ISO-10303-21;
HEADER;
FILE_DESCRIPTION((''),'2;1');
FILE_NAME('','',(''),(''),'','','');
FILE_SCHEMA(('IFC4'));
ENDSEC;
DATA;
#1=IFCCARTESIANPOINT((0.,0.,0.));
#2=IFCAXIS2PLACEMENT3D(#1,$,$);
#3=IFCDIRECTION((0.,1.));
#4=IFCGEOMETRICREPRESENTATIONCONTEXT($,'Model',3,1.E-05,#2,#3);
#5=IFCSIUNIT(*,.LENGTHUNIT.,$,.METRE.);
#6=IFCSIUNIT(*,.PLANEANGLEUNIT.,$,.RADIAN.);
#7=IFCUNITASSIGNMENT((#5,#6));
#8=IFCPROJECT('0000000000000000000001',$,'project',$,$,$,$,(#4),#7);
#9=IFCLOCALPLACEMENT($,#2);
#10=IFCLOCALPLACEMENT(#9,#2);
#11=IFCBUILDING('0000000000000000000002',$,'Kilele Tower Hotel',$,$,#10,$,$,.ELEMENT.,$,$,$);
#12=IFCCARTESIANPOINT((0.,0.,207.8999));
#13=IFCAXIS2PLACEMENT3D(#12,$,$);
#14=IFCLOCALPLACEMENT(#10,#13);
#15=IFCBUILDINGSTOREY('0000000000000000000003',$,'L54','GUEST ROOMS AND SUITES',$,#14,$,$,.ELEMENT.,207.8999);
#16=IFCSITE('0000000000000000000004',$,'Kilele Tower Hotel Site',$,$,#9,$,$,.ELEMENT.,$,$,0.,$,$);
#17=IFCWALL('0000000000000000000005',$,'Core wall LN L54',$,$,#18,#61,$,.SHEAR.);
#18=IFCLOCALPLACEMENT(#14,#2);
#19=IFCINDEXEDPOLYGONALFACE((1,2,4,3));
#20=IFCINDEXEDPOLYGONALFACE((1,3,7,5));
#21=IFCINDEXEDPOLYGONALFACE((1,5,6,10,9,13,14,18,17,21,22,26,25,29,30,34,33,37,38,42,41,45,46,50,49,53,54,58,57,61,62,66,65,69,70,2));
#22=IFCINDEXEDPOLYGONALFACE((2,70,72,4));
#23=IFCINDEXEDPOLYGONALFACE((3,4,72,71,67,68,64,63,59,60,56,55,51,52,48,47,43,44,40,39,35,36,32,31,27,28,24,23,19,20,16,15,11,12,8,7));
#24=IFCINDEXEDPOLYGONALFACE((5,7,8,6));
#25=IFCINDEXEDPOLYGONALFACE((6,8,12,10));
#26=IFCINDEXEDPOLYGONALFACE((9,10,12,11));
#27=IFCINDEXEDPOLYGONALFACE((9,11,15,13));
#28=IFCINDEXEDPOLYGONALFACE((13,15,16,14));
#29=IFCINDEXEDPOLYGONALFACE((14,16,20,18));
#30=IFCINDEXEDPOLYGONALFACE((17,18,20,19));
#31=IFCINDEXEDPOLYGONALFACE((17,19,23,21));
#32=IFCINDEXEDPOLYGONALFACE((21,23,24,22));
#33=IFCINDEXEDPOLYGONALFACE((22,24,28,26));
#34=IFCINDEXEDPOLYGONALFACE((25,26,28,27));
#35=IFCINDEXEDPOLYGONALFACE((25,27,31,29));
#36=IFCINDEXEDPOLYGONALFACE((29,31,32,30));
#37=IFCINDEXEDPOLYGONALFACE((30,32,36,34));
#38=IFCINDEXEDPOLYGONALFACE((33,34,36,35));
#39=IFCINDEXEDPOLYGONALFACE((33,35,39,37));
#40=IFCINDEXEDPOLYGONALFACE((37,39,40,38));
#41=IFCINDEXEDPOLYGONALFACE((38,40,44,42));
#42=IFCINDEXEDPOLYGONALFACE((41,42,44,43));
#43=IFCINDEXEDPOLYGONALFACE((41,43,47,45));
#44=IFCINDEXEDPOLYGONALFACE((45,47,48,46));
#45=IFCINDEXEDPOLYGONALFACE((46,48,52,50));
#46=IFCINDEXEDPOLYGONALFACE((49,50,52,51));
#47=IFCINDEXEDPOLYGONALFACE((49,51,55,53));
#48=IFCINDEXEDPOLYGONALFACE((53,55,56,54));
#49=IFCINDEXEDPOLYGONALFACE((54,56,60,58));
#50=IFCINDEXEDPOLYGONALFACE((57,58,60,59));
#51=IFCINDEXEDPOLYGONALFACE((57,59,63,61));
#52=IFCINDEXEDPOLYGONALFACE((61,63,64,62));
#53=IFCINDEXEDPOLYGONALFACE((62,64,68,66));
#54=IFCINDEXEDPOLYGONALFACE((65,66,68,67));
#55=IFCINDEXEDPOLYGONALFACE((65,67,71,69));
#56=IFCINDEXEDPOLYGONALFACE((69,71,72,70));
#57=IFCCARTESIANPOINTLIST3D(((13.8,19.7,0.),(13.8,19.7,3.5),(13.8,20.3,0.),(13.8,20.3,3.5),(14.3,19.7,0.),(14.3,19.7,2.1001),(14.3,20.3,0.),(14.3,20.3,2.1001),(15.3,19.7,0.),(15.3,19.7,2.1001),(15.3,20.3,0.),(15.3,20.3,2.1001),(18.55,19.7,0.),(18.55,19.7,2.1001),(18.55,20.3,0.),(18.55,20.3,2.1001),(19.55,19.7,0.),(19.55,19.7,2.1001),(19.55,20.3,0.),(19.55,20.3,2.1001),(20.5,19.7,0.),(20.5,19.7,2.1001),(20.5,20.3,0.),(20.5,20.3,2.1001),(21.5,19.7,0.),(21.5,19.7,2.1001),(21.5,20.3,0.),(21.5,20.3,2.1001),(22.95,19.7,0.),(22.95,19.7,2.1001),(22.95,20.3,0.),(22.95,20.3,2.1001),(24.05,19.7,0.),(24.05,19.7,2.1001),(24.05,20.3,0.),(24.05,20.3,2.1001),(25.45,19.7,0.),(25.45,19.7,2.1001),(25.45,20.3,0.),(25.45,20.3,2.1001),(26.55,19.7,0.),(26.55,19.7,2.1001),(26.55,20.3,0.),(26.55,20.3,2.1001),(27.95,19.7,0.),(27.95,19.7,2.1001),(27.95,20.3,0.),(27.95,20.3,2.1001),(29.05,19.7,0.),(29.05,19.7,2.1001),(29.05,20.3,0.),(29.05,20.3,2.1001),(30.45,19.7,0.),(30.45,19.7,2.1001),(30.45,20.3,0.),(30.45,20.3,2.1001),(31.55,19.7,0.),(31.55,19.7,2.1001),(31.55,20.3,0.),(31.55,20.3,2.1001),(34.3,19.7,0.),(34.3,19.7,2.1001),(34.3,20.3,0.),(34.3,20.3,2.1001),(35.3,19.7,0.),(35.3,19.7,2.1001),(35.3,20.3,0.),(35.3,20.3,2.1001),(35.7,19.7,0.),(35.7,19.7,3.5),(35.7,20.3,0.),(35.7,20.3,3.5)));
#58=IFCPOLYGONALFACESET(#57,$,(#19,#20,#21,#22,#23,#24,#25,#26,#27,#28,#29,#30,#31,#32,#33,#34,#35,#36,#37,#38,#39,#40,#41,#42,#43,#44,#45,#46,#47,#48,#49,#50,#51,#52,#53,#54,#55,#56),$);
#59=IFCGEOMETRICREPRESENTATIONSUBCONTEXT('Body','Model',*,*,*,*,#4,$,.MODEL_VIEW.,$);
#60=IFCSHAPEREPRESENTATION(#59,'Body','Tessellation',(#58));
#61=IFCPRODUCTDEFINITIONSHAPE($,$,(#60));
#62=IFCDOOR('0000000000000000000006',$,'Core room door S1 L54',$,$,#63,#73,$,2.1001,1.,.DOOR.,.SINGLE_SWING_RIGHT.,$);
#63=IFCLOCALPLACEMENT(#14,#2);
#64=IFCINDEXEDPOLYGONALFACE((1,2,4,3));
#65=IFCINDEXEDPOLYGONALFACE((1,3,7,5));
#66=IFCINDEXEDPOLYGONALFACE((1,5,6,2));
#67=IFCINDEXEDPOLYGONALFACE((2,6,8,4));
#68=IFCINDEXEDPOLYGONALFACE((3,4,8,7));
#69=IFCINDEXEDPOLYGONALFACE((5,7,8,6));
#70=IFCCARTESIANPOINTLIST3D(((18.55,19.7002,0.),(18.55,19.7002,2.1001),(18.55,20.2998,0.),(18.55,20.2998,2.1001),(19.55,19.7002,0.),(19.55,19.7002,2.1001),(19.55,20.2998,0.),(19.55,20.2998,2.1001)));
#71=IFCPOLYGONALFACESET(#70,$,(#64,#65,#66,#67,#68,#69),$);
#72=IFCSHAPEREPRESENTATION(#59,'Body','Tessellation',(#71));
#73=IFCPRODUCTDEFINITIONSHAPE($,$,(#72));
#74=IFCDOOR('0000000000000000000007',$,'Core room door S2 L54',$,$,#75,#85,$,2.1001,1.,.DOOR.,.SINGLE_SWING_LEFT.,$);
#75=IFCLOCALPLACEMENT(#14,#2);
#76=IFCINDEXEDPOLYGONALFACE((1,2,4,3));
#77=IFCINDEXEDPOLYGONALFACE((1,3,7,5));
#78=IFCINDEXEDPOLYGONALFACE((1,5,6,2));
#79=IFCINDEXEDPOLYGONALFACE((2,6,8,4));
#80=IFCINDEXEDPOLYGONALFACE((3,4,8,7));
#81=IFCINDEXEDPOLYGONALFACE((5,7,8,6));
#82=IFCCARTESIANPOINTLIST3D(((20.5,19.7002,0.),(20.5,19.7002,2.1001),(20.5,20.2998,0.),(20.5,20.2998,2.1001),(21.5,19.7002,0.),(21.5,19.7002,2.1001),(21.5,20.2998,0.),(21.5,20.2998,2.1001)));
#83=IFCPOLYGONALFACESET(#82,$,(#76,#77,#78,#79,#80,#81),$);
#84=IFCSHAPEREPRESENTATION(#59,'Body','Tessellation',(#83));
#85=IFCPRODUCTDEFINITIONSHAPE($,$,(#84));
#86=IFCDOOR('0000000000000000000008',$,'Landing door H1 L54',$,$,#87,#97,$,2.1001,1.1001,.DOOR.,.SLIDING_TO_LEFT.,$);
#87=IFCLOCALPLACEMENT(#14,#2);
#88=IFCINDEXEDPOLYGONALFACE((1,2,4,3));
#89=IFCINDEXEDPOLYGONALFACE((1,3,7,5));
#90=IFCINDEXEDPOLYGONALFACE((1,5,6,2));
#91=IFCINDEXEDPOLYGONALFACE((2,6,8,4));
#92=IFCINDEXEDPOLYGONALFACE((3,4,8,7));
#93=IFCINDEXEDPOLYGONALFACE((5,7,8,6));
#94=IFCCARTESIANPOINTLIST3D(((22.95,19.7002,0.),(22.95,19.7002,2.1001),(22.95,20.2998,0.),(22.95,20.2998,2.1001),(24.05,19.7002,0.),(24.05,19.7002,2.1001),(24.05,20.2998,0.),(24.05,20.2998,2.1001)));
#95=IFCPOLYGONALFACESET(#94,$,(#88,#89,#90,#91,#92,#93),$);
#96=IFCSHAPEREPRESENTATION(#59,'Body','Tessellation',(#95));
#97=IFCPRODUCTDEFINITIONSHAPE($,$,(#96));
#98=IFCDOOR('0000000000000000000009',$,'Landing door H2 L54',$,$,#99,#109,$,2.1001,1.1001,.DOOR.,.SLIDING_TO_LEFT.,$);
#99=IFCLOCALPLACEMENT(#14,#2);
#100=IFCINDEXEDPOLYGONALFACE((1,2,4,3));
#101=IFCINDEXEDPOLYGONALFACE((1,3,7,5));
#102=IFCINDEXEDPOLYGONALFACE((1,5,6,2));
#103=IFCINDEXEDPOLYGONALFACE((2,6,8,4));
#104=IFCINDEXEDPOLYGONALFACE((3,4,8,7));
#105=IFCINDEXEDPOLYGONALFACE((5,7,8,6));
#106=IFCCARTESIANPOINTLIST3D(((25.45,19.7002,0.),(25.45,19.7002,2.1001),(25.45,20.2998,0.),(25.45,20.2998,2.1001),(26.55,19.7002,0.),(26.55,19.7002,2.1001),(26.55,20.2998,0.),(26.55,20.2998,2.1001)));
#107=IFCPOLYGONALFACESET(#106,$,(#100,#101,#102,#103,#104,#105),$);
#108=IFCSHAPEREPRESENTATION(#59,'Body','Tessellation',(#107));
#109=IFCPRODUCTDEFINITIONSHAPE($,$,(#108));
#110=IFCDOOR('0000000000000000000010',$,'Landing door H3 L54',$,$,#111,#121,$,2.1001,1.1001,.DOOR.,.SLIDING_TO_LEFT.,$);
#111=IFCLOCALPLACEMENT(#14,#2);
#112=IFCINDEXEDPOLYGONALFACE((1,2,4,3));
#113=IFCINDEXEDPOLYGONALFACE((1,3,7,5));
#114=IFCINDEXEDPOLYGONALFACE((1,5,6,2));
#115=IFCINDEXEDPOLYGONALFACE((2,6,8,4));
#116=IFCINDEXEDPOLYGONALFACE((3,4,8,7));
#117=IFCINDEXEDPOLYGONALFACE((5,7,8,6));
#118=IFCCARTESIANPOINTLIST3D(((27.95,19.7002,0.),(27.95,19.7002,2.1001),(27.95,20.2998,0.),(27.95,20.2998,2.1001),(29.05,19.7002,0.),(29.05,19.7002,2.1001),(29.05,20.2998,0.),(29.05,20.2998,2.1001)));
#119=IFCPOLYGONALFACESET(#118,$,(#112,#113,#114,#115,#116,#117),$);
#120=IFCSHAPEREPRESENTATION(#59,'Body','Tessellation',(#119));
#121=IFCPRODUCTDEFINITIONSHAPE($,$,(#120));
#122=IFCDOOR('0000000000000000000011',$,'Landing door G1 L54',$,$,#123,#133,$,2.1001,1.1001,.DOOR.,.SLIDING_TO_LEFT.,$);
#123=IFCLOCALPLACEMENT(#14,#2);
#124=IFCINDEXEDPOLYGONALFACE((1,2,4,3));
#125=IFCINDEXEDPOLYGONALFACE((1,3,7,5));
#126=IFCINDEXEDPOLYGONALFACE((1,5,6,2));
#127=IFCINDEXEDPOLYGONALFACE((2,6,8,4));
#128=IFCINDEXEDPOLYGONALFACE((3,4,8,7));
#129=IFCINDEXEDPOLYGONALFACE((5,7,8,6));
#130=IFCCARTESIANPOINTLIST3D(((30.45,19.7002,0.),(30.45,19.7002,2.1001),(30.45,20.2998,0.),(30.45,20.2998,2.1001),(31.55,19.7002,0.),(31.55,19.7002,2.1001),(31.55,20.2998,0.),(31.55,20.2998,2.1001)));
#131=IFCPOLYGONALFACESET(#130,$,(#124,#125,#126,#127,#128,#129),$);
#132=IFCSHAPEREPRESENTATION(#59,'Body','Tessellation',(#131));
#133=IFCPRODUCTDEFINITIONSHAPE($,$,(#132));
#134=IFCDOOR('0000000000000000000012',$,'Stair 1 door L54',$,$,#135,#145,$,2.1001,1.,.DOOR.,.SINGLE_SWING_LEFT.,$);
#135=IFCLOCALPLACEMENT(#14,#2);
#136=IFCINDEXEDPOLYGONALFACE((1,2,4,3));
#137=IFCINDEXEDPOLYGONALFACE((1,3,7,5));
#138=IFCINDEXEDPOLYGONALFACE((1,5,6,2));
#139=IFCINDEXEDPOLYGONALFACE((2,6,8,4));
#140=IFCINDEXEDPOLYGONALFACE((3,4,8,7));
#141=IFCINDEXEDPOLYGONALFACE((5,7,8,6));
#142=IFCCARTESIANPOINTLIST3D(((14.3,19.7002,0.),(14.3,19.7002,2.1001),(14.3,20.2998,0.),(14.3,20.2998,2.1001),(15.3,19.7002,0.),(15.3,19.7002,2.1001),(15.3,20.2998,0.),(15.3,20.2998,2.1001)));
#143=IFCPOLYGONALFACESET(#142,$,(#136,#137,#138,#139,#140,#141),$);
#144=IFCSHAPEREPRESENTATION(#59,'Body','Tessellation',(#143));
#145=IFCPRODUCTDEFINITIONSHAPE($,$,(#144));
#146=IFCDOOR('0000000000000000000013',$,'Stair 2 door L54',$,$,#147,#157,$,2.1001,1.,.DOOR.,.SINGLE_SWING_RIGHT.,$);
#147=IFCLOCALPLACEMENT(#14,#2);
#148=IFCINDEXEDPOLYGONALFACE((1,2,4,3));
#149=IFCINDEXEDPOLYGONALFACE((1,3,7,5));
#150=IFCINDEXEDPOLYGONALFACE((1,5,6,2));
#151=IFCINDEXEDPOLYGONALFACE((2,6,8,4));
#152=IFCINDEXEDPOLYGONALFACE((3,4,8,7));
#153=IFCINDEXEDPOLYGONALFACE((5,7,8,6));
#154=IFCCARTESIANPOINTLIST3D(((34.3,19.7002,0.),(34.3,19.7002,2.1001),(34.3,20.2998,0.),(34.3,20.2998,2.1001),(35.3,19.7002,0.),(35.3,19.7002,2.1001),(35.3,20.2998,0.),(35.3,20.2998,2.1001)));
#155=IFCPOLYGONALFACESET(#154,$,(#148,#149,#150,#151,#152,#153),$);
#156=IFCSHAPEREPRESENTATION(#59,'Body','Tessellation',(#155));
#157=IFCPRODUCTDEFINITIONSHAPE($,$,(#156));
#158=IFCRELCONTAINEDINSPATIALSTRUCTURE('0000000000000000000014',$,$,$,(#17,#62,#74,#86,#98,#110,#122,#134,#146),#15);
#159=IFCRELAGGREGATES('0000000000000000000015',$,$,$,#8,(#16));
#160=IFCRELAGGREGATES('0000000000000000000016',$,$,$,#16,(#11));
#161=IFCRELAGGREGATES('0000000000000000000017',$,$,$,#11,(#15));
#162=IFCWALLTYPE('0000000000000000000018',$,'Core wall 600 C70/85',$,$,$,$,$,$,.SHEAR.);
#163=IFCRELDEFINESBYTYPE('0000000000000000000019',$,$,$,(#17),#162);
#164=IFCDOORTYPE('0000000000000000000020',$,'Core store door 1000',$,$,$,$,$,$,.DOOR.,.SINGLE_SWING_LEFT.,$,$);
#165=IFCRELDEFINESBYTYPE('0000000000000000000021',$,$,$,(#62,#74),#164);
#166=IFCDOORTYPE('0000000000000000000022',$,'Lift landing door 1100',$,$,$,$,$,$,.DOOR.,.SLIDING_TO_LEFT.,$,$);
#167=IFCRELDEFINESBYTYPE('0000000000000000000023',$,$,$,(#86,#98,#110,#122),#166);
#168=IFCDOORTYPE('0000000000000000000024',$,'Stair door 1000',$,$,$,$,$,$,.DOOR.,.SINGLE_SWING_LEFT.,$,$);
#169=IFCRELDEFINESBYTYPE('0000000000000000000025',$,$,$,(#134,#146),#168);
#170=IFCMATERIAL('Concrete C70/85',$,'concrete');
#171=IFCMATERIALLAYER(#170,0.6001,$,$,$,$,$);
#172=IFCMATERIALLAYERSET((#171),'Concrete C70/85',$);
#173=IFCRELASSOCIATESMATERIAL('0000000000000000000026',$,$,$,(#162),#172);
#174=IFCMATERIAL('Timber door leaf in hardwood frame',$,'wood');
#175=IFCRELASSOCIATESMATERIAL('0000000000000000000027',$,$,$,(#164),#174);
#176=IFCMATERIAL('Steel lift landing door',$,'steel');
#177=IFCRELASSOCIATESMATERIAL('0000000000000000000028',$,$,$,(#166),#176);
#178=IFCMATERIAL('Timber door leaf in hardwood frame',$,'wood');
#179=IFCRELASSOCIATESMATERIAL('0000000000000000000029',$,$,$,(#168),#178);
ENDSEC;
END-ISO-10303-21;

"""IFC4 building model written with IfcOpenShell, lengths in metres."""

from ifc_helpers import new_model, si_unit, direction, frame, frame_2d, origin, place, context, subcontext, project, spatial, rectangle, extrude, material, layer, layer_set, type_object, element, fill, save


model = new_model("IFC4")

# Units and contexts
model_context = context("Model", 3, precision=1e-05, world=origin(), true_north=direction((0.0, 1.0)))
body_context = subcontext(model_context, "Body", "Model", "MODEL_VIEW")
ifc_project = project(units=[si_unit("LENGTHUNIT", "METRE"), si_unit("PLANEANGLEUNIT", "RADIAN")], contexts=[model_context])

# Site, building, storey
site_placement = place(None, origin())
site = spatial("IfcSite", under=ifc_project, at=site_placement, Name="Kilele Tower Hotel Site", CompositionType="ELEMENT", RefElevation=0.0)
building_placement = place(site_placement, origin())
building = spatial("IfcBuilding", under=site, at=building_placement, Name="Kilele Tower Hotel", CompositionType="ELEMENT")
storey_placement = place(building_placement, frame((0.0, 0.0, 207.8999)))
storey = spatial("IfcBuildingStorey", under=building, at=storey_placement, Name="L54", Description="GUEST ROOMS AND SUITES", CompositionType="ELEMENT", Elevation=207.8999)

# Shared definitions
ifc_material_1 = material(Name="Concrete C70/85", Category="concrete")
ifc_layer_1 = layer(ifc_material_1, 0.6001)
ifc_layer_set_1 = layer_set([ifc_layer_1], Name="Concrete C70/85")
wall_type_1 = type_object("IfcWallType", Name="Core wall 600 C70/85", PredefinedType="SHEAR", material=ifc_layer_set_1)

# Wall, openings, doors
wall_1_placement = place(storey_placement, frame((13.8, 20.0, 0.0), z_axis=(0.0, 0.0, 1.0), x_axis=(1.0, 0.0, 0.0)))
wall_1 = element("IfcWall", 1, at=wall_1_placement, inside=storey, type_object=wall_type_1, Name="Core wall LN L54", PredefinedType="SHEAR", context=body_context, shape_type="SweptSolid", body=[
    extrude(rectangle(XDim=21.8999, YDim=0.6001, at=frame_2d((10.95, 0.0))), origin(), (0.0, 0.0, 1.0), 3.5),
])
opening_1_placement = place(wall_1_placement, frame((0.5, 0.0, 0.0)))
opening_1 = element("IfcOpeningElement", 2, at=opening_1_placement, cuts=wall_1, PredefinedType="OPENING", context=body_context, shape_type="SweptSolid", body=[
    extrude(rectangle(XDim=1.0, YDim=2.1001, at=frame_2d((0.5, 1.05))), frame((0.0, 0.3101, 0.0), z_axis=(0.0, -1.0, 0.0), x_axis=(1.0, 0.0, 0.0)), (0.0, 0.0, 1.0), 0.6201),
])
opening_2_placement = place(wall_1_placement, frame((20.5, 0.0, 0.0)))
opening_2 = element("IfcOpeningElement", 3, at=opening_2_placement, cuts=wall_1, PredefinedType="OPENING", context=body_context, shape_type="SweptSolid", body=[
    extrude(rectangle(XDim=1.0, YDim=2.1001, at=frame_2d((0.5, 1.05))), frame((0.0, 0.3101, 0.0), z_axis=(0.0, -1.0, 0.0), x_axis=(1.0, 0.0, 0.0)), (0.0, 0.0, 1.0), 0.6201),
])
opening_3_placement = place(wall_1_placement, frame((9.1499, 0.0, 0.0)))
opening_3 = element("IfcOpeningElement", 4, at=opening_3_placement, cuts=wall_1, PredefinedType="OPENING", context=body_context, shape_type="SweptSolid", body=[
    extrude(rectangle(XDim=1.1001, YDim=2.1001, at=frame_2d((0.55, 1.05))), frame((0.0, 0.3101, 0.0), z_axis=(0.0, -1.0, 0.0), x_axis=(1.0, 0.0, 0.0)), (0.0, 0.0, 1.0), 0.6201),
])
opening_4_placement = place(wall_1_placement, frame((11.6499, 0.0, 0.0)))
opening_4 = element("IfcOpeningElement", 5, at=opening_4_placement, cuts=wall_1, PredefinedType="OPENING", context=body_context, shape_type="SweptSolid", body=[
    extrude(rectangle(XDim=1.1001, YDim=2.1001, at=frame_2d((0.55, 1.05))), frame((0.0, 0.3101, 0.0), z_axis=(0.0, -1.0, 0.0), x_axis=(1.0, 0.0, 0.0)), (0.0, 0.0, 1.0), 0.6201),
])
opening_5_placement = place(wall_1_placement, frame((14.1499, 0.0, 0.0)))
opening_5 = element("IfcOpeningElement", 6, at=opening_5_placement, cuts=wall_1, PredefinedType="OPENING", context=body_context, shape_type="SweptSolid", body=[
    extrude(rectangle(XDim=1.1001, YDim=2.1001, at=frame_2d((0.55, 1.05))), frame((0.0, 0.3101, 0.0), z_axis=(0.0, -1.0, 0.0), x_axis=(1.0, 0.0, 0.0)), (0.0, 0.0, 1.0), 0.6201),
])
opening_6_placement = place(wall_1_placement, frame((16.6499, 0.0, 0.0)))
opening_6 = element("IfcOpeningElement", 7, at=opening_6_placement, cuts=wall_1, PredefinedType="OPENING", context=body_context, shape_type="SweptSolid", body=[
    extrude(rectangle(XDim=1.1001, YDim=2.1001, at=frame_2d((0.55, 1.05))), frame((0.0, 0.3101, 0.0), z_axis=(0.0, -1.0, 0.0), x_axis=(1.0, 0.0, 0.0)), (0.0, 0.0, 1.0), 0.6201),
])
opening_7_placement = place(wall_1_placement, frame((4.75, 0.0, 0.0)))
opening_7 = element("IfcOpeningElement", 8, at=opening_7_placement, cuts=wall_1, PredefinedType="OPENING", context=body_context, shape_type="SweptSolid", body=[
    extrude(rectangle(XDim=1.0, YDim=2.1001, at=frame_2d((0.5, 1.05))), frame((0.0, 0.3101, 0.0), z_axis=(0.0, -1.0, 0.0), x_axis=(1.0, 0.0, 0.0)), (0.0, 0.0, 1.0), 0.6201),
])
opening_8_placement = place(wall_1_placement, frame((6.7, 0.0, 0.0)))
opening_8 = element("IfcOpeningElement", 9, at=opening_8_placement, cuts=wall_1, PredefinedType="OPENING", context=body_context, shape_type="SweptSolid", body=[
    extrude(rectangle(XDim=1.0, YDim=2.1001, at=frame_2d((0.5, 1.05))), frame((0.0, 0.3101, 0.0), z_axis=(0.0, -1.0, 0.0), x_axis=(1.0, 0.0, 0.0)), (0.0, 0.0, 1.0), 0.6201),
])
ifc_material_2 = material(Name="Timber door leaf in hardwood frame", Category="wood")
door_type_1 = type_object("IfcDoorType", Name="Core store door 1000", OperationType="SINGLE_SWING_LEFT", PredefinedType="DOOR", material=ifc_material_2)
door_1_placement = place(opening_7_placement, origin())
door_1 = element("IfcDoor", 10, at=door_1_placement, inside=storey, type_object=door_type_1, Name="Core room door S1 L54", OperationType="SINGLE_SWING_RIGHT", OverallHeight=2.1001, OverallWidth=1.0, PredefinedType="DOOR", context=body_context, shape_type="SweptSolid", body=[
    extrude(rectangle(XDim=1.0, YDim=2.1001, at=frame_2d((0.5, 1.05))), frame((0.0, 0.2998, 0.0), z_axis=(0.0, -1.0, 0.0), x_axis=(1.0, 0.0, 0.0)), (0.0, 0.0, 1.0), 0.5996),
])
fill(opening_7, door_1)
door_2_placement = place(opening_8_placement, origin())
door_2 = element("IfcDoor", 11, at=door_2_placement, inside=storey, type_object=door_type_1, Name="Core room door S2 L54", OperationType="SINGLE_SWING_LEFT", OverallHeight=2.1001, OverallWidth=1.0, PredefinedType="DOOR", context=body_context, shape_type="SweptSolid", body=[
    extrude(rectangle(XDim=1.0, YDim=2.1001, at=frame_2d((0.5, 1.05))), frame((0.0, 0.2998, 0.0), z_axis=(0.0, -1.0, 0.0), x_axis=(1.0, 0.0, 0.0)), (0.0, 0.0, 1.0), 0.5996),
])
fill(opening_8, door_2)
ifc_material_3 = material(Name="Steel lift landing door", Category="steel")
door_type_2 = type_object("IfcDoorType", Name="Lift landing door 1100", OperationType="SLIDING_TO_LEFT", PredefinedType="DOOR", material=ifc_material_3)
door_3_placement = place(opening_3_placement, origin())
door_3 = element("IfcDoor", 12, at=door_3_placement, inside=storey, type_object=door_type_2, Name="Landing door H1 L54", OperationType="SLIDING_TO_LEFT", OverallHeight=2.1001, OverallWidth=1.1001, PredefinedType="DOOR", context=body_context, shape_type="SweptSolid", body=[
    extrude(rectangle(XDim=1.1001, YDim=2.1001, at=frame_2d((0.55, 1.05))), frame((0.0, 0.2998, 0.0), z_axis=(0.0, -1.0, 0.0), x_axis=(1.0, 0.0, 0.0)), (0.0, 0.0, 1.0), 0.5996),
])
fill(opening_3, door_3)
door_4_placement = place(opening_4_placement, origin())
door_4 = element("IfcDoor", 13, at=door_4_placement, inside=storey, type_object=door_type_2, Name="Landing door H2 L54", OperationType="SLIDING_TO_LEFT", OverallHeight=2.1001, OverallWidth=1.1001, PredefinedType="DOOR", context=body_context, shape_type="SweptSolid", body=[
    extrude(rectangle(XDim=1.1001, YDim=2.1001, at=frame_2d((0.55, 1.05))), frame((0.0, 0.2998, 0.0), z_axis=(0.0, -1.0, 0.0), x_axis=(1.0, 0.0, 0.0)), (0.0, 0.0, 1.0), 0.5996),
])
fill(opening_4, door_4)
door_5_placement = place(opening_5_placement, origin())
door_5 = element("IfcDoor", 14, at=door_5_placement, inside=storey, type_object=door_type_2, Name="Landing door H3 L54", OperationType="SLIDING_TO_LEFT", OverallHeight=2.1001, OverallWidth=1.1001, PredefinedType="DOOR", context=body_context, shape_type="SweptSolid", body=[
    extrude(rectangle(XDim=1.1001, YDim=2.1001, at=frame_2d((0.55, 1.05))), frame((0.0, 0.2998, 0.0), z_axis=(0.0, -1.0, 0.0), x_axis=(1.0, 0.0, 0.0)), (0.0, 0.0, 1.0), 0.5996),
])
fill(opening_5, door_5)
door_6_placement = place(opening_6_placement, origin())
door_6 = element("IfcDoor", 15, at=door_6_placement, inside=storey, type_object=door_type_2, Name="Landing door G1 L54", OperationType="SLIDING_TO_LEFT", OverallHeight=2.1001, OverallWidth=1.1001, PredefinedType="DOOR", context=body_context, shape_type="SweptSolid", body=[
    extrude(rectangle(XDim=1.1001, YDim=2.1001, at=frame_2d((0.55, 1.05))), frame((0.0, 0.2998, 0.0), z_axis=(0.0, -1.0, 0.0), x_axis=(1.0, 0.0, 0.0)), (0.0, 0.0, 1.0), 0.5996),
])
fill(opening_6, door_6)
ifc_material_4 = material(Name="Timber door leaf in hardwood frame", Category="wood")
door_type_3 = type_object("IfcDoorType", Name="Stair door 1000", OperationType="SINGLE_SWING_LEFT", PredefinedType="DOOR", material=ifc_material_4)
door_7_placement = place(opening_1_placement, origin())
door_7 = element("IfcDoor", 16, at=door_7_placement, inside=storey, type_object=door_type_3, Name="Stair 1 door L54", OperationType="SINGLE_SWING_LEFT", OverallHeight=2.1001, OverallWidth=1.0, PredefinedType="DOOR", context=body_context, shape_type="SweptSolid", body=[
    extrude(rectangle(XDim=1.0, YDim=2.1001, at=frame_2d((0.5, 1.05))), frame((0.0, 0.2998, 0.0), z_axis=(0.0, -1.0, 0.0), x_axis=(1.0, 0.0, 0.0)), (0.0, 0.0, 1.0), 0.5996),
])
fill(opening_1, door_7)
door_8_placement = place(opening_2_placement, origin())
door_8 = element("IfcDoor", 17, at=door_8_placement, inside=storey, type_object=door_type_3, Name="Stair 2 door L54", OperationType="SINGLE_SWING_RIGHT", OverallHeight=2.1001, OverallWidth=1.0, PredefinedType="DOOR", context=body_context, shape_type="SweptSolid", body=[
    extrude(rectangle(XDim=1.0, YDim=2.1001, at=frame_2d((0.5, 1.05))), frame((0.0, 0.2998, 0.0), z_axis=(0.0, -1.0, 0.0), x_axis=(1.0, 0.0, 0.0)), (0.0, 0.0, 1.0), 0.5996),
])
fill(opening_2, door_8)

save(model, "model.ifc")
